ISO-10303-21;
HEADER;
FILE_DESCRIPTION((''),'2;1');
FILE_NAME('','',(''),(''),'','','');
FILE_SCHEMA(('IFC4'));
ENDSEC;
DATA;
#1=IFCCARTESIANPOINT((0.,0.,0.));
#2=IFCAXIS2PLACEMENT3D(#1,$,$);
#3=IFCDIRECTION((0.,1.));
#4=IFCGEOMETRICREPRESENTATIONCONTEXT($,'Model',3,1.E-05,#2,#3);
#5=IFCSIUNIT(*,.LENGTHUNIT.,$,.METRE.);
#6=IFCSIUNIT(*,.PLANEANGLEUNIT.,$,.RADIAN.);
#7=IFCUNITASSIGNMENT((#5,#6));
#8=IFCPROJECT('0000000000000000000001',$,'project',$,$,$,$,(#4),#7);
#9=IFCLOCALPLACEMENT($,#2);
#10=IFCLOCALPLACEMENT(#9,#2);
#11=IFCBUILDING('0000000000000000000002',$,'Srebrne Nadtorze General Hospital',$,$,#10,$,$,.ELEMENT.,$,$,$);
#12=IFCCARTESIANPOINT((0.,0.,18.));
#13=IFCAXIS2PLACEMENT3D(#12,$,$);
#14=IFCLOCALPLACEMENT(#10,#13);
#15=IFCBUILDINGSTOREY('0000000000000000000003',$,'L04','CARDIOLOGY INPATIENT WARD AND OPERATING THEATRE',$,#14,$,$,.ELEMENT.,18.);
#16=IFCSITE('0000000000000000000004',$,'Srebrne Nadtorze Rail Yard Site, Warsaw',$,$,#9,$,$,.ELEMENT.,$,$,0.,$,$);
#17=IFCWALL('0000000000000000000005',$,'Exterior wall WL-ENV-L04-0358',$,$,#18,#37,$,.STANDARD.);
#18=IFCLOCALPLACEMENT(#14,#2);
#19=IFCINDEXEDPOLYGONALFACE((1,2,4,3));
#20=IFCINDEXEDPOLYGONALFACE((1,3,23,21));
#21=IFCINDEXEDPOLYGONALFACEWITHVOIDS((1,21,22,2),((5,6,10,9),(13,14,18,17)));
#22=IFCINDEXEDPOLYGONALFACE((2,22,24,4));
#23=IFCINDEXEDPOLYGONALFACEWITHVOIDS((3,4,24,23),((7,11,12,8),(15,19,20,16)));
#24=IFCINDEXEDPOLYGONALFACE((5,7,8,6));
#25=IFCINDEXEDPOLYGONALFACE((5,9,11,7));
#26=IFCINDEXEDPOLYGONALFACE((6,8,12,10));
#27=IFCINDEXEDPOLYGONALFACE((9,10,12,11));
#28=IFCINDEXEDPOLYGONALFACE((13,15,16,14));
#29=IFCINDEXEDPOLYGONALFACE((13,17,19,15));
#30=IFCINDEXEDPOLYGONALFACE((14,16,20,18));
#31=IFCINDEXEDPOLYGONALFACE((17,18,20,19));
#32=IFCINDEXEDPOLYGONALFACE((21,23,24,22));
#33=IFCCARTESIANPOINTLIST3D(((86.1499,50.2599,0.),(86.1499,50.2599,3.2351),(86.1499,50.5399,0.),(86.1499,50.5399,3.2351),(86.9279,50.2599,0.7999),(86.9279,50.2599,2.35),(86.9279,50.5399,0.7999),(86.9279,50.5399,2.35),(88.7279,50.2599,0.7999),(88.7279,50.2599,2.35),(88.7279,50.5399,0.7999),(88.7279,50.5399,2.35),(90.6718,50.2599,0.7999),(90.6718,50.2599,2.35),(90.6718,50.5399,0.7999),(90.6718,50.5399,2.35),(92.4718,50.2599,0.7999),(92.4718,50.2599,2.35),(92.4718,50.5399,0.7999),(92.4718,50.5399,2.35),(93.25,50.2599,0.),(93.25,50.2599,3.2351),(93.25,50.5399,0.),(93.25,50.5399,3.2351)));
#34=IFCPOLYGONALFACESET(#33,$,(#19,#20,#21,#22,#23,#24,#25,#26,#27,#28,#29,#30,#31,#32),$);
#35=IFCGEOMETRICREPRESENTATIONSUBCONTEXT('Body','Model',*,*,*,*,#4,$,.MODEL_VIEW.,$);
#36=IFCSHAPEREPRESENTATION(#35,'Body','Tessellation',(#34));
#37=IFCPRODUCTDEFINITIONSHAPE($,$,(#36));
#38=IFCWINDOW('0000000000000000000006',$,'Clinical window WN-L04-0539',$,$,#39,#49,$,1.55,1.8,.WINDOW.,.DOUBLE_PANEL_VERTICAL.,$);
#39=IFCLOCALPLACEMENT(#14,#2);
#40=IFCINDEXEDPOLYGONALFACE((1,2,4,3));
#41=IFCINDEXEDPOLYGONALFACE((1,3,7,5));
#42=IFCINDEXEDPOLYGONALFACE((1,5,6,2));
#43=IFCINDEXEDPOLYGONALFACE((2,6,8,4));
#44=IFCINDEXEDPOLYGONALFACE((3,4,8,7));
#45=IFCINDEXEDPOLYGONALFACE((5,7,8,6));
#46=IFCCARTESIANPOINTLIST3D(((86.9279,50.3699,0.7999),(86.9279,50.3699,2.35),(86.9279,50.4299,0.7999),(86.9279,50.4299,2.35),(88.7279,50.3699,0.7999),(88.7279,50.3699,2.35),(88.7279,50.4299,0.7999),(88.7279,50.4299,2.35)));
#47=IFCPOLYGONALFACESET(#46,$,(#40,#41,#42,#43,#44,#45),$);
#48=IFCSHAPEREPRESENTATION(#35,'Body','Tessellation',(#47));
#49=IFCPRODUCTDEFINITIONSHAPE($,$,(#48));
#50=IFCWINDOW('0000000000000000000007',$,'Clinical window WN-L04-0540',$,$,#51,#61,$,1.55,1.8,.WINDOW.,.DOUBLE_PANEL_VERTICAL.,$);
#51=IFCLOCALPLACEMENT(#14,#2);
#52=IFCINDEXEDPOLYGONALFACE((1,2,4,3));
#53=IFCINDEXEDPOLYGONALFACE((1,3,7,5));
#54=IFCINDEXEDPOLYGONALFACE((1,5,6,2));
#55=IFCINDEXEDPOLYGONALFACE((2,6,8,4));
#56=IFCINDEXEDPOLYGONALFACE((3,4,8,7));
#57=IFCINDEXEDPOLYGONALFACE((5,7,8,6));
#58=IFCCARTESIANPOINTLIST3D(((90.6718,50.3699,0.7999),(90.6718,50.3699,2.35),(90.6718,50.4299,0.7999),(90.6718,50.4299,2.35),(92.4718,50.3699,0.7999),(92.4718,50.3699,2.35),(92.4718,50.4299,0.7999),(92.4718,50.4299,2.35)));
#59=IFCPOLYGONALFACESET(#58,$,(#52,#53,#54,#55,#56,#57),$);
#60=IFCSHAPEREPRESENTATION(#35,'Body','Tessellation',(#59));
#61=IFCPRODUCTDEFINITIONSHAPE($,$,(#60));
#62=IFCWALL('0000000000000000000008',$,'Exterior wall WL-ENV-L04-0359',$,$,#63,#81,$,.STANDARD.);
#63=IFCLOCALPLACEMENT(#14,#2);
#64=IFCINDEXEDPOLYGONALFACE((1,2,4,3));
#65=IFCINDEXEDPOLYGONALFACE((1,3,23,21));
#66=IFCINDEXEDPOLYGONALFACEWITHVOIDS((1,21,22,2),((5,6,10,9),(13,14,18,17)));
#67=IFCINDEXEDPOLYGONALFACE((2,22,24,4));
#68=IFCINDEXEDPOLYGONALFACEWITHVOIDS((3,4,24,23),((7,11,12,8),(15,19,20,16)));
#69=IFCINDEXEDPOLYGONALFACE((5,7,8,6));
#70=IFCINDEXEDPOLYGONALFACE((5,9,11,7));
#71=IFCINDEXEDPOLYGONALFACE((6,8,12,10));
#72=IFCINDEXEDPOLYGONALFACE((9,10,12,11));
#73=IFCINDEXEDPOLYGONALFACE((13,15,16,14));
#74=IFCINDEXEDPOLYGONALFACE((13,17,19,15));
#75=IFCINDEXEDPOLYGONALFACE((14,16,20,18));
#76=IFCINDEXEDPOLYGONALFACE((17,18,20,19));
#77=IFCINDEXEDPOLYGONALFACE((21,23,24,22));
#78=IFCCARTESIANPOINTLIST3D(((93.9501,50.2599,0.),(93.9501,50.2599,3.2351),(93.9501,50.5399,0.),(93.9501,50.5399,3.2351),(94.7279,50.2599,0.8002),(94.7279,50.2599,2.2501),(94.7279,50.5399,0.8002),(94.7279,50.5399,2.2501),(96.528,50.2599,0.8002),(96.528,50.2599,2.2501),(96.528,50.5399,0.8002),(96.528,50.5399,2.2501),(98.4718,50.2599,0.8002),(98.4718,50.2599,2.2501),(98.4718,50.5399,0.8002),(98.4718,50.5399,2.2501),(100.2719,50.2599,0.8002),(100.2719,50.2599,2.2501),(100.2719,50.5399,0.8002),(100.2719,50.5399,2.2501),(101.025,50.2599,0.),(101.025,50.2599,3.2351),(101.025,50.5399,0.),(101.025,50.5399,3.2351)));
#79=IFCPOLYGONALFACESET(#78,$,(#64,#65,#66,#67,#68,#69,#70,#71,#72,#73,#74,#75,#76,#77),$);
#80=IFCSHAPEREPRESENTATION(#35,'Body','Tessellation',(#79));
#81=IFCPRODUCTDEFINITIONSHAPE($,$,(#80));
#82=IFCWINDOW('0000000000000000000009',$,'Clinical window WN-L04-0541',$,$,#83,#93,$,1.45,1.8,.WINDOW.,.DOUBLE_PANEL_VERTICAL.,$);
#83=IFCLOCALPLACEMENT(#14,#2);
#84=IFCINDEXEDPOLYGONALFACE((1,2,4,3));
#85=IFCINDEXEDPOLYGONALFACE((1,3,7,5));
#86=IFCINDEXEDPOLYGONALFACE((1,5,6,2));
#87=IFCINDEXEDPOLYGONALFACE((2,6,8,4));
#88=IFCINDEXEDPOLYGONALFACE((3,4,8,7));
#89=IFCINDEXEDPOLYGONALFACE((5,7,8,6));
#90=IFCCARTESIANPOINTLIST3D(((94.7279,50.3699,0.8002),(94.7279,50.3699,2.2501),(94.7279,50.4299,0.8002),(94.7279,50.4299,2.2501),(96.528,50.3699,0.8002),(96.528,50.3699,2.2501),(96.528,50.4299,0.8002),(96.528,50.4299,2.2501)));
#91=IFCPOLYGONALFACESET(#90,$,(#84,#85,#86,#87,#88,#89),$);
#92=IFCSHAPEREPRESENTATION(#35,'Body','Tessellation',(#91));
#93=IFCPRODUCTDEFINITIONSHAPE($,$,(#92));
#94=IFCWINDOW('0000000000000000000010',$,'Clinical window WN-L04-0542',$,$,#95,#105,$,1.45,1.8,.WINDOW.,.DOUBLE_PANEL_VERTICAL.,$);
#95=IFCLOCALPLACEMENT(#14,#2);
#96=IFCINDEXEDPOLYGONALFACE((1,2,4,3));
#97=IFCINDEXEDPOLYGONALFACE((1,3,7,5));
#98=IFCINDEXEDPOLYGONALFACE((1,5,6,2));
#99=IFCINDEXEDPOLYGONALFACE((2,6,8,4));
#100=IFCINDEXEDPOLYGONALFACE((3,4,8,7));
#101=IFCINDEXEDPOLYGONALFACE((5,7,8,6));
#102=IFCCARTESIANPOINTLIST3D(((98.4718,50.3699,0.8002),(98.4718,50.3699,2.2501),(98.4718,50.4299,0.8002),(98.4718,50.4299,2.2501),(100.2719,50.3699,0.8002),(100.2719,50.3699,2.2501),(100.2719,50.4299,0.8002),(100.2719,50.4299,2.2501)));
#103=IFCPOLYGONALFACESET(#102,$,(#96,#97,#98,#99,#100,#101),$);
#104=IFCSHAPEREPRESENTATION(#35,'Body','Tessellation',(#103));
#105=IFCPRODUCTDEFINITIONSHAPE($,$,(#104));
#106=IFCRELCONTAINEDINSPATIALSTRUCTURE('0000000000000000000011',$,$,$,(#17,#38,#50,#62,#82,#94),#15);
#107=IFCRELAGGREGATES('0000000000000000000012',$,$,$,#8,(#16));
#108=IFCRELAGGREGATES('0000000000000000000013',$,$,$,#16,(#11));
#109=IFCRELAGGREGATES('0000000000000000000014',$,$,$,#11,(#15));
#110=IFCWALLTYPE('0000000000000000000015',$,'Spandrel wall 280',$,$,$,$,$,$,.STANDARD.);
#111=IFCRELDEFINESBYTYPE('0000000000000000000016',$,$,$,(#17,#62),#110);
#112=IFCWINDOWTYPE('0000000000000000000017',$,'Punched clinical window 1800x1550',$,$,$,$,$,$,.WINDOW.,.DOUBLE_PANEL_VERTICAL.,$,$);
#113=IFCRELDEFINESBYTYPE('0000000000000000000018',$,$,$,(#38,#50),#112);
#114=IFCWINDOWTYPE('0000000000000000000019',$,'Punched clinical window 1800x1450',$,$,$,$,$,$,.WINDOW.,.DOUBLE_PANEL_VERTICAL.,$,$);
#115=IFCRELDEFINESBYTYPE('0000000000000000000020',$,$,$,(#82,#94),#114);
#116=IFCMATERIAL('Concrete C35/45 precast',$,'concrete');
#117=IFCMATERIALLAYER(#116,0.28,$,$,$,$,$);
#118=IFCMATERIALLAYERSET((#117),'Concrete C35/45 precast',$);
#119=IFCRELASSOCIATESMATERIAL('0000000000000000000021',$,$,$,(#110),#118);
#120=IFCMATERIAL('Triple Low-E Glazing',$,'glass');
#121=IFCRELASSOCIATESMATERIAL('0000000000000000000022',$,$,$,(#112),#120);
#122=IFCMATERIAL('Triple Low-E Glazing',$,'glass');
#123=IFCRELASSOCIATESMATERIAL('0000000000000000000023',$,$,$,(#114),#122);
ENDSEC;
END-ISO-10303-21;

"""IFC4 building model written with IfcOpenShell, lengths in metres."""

from ifc_helpers import new_model, si_unit, direction, frame, frame_2d, origin, place, context, subcontext, project, spatial, rectangle, extrude, material, layer, layer_set, type_object, element, fill, save


model = new_model("IFC4")

# Units and contexts
model_context = context("Model", 3, precision=1e-05, world=origin(), true_north=direction((0.0, 1.0)))
body_context = subcontext(model_context, "Body", "Model", "MODEL_VIEW")
ifc_project = project(units=[si_unit("LENGTHUNIT", "METRE"), si_unit("PLANEANGLEUNIT", "RADIAN")], contexts=[model_context])

# Site, building, storey
site_placement = place(None, origin())
site = spatial("IfcSite", under=ifc_project, at=site_placement, Name="Srebrne Nadtorze Rail Yard Site, Warsaw", CompositionType="ELEMENT", RefElevation=0.0)
building_placement = place(site_placement, origin())
building = spatial("IfcBuilding", under=site, at=building_placement, Name="Srebrne Nadtorze General Hospital", CompositionType="ELEMENT")
storey_placement = place(building_placement, frame((0.0, 0.0, 18.0)))
storey = spatial("IfcBuildingStorey", under=building, at=storey_placement, Name="L04", Description="CARDIOLOGY INPATIENT WARD AND OPERATING THEATRE", CompositionType="ELEMENT", Elevation=18.0)

# Walls, openings, windows
ifc_material_1 = material(Name="Concrete C35/45 precast", Category="concrete")
ifc_layer_1 = layer(ifc_material_1, 0.28)
ifc_layer_set_1 = layer_set([ifc_layer_1], Name="Concrete C35/45 precast")
wall_type_1 = type_object("IfcWallType", Name="Spandrel wall 280", PredefinedType="STANDARD", material=ifc_layer_set_1)
wall_1_placement = place(storey_placement, frame((86.1499, 50.3999, 0.0), z_axis=(0.0, 0.0, 1.0), x_axis=(1.0, 0.0, 0.0)))
wall_1 = element("IfcWall", 1, at=wall_1_placement, inside=storey, type_object=wall_type_1, Name="Exterior wall WL-ENV-L04-0358", PredefinedType="STANDARD", context=body_context, shape_type="SweptSolid", body=[
    extrude(rectangle(XDim=7.1001, YDim=0.28, at=frame_2d((3.55, 0.0))), origin(), (0.0, 0.0, 1.0), 3.2351),
])
opening_1_placement = place(wall_1_placement, frame((0.7781, 0.0, 0.8)))
opening_1 = element("IfcOpeningElement", 2, at=opening_1_placement, cuts=wall_1, PredefinedType="OPENING", context=body_context, shape_type="SweptSolid", body=[
    extrude(rectangle(XDim=1.8, YDim=1.55, at=frame_2d((0.8999, 0.7749))), frame((0.0, 0.1519, 0.0), z_axis=(0.0, -1.0, 0.0), x_axis=(1.0, 0.0, 0.0)), (0.0, 0.0, 1.0), 0.304),
])
opening_2_placement = place(wall_1_placement, frame((4.522, 0.0, 0.8)))
opening_2 = element("IfcOpeningElement", 3, at=opening_2_placement, cuts=wall_1, PredefinedType="OPENING", context=body_context, shape_type="SweptSolid", body=[
    extrude(rectangle(XDim=1.8, YDim=1.55, at=frame_2d((0.8999, 0.7749))), frame((0.0, 0.1519, 0.0), z_axis=(0.0, -1.0, 0.0), x_axis=(1.0, 0.0, 0.0)), (0.0, 0.0, 1.0), 0.304),
])
ifc_material_2 = material(Name="Triple Low-E Glazing", Category="glass")
window_type_1 = type_object("IfcWindowType", Name="Punched clinical window 1800x1550", PartitioningType="DOUBLE_PANEL_VERTICAL", PredefinedType="WINDOW", material=ifc_material_2)
window_1_placement = place(opening_1_placement, origin())
window_1 = element("IfcWindow", 4, at=window_1_placement, inside=storey, type_object=window_type_1, Name="Clinical window WN-L04-0539", OverallHeight=1.55, OverallWidth=1.8, PartitioningType="DOUBLE_PANEL_VERTICAL", PredefinedType="WINDOW", context=body_context, shape_type="SweptSolid", body=[
    extrude(rectangle(XDim=1.8, YDim=1.55, at=frame_2d((0.8999, 0.7749))), frame((0.0, 0.03, 0.0), z_axis=(0.0, -1.0, 0.0), x_axis=(1.0, 0.0, 0.0)), (0.0, 0.0, 1.0), 0.0601),
])
fill(opening_1, window_1)
window_2_placement = place(opening_2_placement, origin())
window_2 = element("IfcWindow", 5, at=window_2_placement, inside=storey, type_object=window_type_1, Name="Clinical window WN-L04-0540", OverallHeight=1.55, OverallWidth=1.8, PartitioningType="DOUBLE_PANEL_VERTICAL", PredefinedType="WINDOW", context=body_context, shape_type="SweptSolid", body=[
    extrude(rectangle(XDim=1.8, YDim=1.55, at=frame_2d((0.8999, 0.7749))), frame((0.0, 0.03, 0.0), z_axis=(0.0, -1.0, 0.0), x_axis=(1.0, 0.0, 0.0)), (0.0, 0.0, 1.0), 0.0601),
])
fill(opening_2, window_2)
wall_2_placement = place(storey_placement, frame((93.95, 50.3999, 0.0), z_axis=(0.0, 0.0, 1.0), x_axis=(1.0, 0.0, 0.0)))
wall_2 = element("IfcWall", 6, at=wall_2_placement, inside=storey, type_object=wall_type_1, Name="Exterior wall WL-ENV-L04-0359", PredefinedType="STANDARD", context=body_context, shape_type="SweptSolid", body=[
    extrude(rectangle(XDim=7.075, YDim=0.28, at=frame_2d((3.5376, 0.0))), origin(), (0.0, 0.0, 1.0), 3.2351),
])
opening_3_placement = place(wall_2_placement, frame((0.7781, 0.0, 0.8)))
opening_3 = element("IfcOpeningElement", 7, at=opening_3_placement, cuts=wall_2, PredefinedType="OPENING", context=body_context, shape_type="SweptSolid", body=[
    extrude(rectangle(XDim=1.8, YDim=1.45, at=frame_2d((0.8999, 0.7251))), frame((0.0, 0.1519, 0.0), z_axis=(0.0, -1.0, 0.0), x_axis=(1.0, 0.0, 0.0)), (0.0, 0.0, 1.0), 0.304),
])
opening_4_placement = place(wall_2_placement, frame((4.522, 0.0, 0.8)))
opening_4 = element("IfcOpeningElement", 8, at=opening_4_placement, cuts=wall_2, PredefinedType="OPENING", context=body_context, shape_type="SweptSolid", body=[
    extrude(rectangle(XDim=1.8, YDim=1.45, at=frame_2d((0.8999, 0.7251))), frame((0.0, 0.1519, 0.0), z_axis=(0.0, -1.0, 0.0), x_axis=(1.0, 0.0, 0.0)), (0.0, 0.0, 1.0), 0.304),
])
ifc_material_3 = material(Name="Triple Low-E Glazing", Category="glass")
window_type_2 = type_object("IfcWindowType", Name="Punched clinical window 1800x1450", PartitioningType="DOUBLE_PANEL_VERTICAL", PredefinedType="WINDOW", material=ifc_material_3)
window_3_placement = place(opening_3_placement, origin())
window_3 = element("IfcWindow", 9, at=window_3_placement, inside=storey, type_object=window_type_2, Name="Clinical window WN-L04-0541", OverallHeight=1.45, OverallWidth=1.8, PartitioningType="DOUBLE_PANEL_VERTICAL", PredefinedType="WINDOW", context=body_context, shape_type="SweptSolid", body=[
    extrude(rectangle(XDim=1.8, YDim=1.45, at=frame_2d((0.8999, 0.7251))), frame((0.0, 0.03, 0.0), z_axis=(0.0, -1.0, 0.0), x_axis=(1.0, 0.0, 0.0)), (0.0, 0.0, 1.0), 0.0601),
])
fill(opening_3, window_3)
window_4_placement = place(opening_4_placement, origin())
window_4 = element("IfcWindow", 10, at=window_4_placement, inside=storey, type_object=window_type_2, Name="Clinical window WN-L04-0542", OverallHeight=1.45, OverallWidth=1.8, PartitioningType="DOUBLE_PANEL_VERTICAL", PredefinedType="WINDOW", context=body_context, shape_type="SweptSolid", body=[
    extrude(rectangle(XDim=1.8, YDim=1.45, at=frame_2d((0.8999, 0.7251))), frame((0.0, 0.03, 0.0), z_axis=(0.0, -1.0, 0.0), x_axis=(1.0, 0.0, 0.0)), (0.0, 0.0, 1.0), 0.0601),
])
fill(opening_4, window_4)

save(model, "model.ifc")
